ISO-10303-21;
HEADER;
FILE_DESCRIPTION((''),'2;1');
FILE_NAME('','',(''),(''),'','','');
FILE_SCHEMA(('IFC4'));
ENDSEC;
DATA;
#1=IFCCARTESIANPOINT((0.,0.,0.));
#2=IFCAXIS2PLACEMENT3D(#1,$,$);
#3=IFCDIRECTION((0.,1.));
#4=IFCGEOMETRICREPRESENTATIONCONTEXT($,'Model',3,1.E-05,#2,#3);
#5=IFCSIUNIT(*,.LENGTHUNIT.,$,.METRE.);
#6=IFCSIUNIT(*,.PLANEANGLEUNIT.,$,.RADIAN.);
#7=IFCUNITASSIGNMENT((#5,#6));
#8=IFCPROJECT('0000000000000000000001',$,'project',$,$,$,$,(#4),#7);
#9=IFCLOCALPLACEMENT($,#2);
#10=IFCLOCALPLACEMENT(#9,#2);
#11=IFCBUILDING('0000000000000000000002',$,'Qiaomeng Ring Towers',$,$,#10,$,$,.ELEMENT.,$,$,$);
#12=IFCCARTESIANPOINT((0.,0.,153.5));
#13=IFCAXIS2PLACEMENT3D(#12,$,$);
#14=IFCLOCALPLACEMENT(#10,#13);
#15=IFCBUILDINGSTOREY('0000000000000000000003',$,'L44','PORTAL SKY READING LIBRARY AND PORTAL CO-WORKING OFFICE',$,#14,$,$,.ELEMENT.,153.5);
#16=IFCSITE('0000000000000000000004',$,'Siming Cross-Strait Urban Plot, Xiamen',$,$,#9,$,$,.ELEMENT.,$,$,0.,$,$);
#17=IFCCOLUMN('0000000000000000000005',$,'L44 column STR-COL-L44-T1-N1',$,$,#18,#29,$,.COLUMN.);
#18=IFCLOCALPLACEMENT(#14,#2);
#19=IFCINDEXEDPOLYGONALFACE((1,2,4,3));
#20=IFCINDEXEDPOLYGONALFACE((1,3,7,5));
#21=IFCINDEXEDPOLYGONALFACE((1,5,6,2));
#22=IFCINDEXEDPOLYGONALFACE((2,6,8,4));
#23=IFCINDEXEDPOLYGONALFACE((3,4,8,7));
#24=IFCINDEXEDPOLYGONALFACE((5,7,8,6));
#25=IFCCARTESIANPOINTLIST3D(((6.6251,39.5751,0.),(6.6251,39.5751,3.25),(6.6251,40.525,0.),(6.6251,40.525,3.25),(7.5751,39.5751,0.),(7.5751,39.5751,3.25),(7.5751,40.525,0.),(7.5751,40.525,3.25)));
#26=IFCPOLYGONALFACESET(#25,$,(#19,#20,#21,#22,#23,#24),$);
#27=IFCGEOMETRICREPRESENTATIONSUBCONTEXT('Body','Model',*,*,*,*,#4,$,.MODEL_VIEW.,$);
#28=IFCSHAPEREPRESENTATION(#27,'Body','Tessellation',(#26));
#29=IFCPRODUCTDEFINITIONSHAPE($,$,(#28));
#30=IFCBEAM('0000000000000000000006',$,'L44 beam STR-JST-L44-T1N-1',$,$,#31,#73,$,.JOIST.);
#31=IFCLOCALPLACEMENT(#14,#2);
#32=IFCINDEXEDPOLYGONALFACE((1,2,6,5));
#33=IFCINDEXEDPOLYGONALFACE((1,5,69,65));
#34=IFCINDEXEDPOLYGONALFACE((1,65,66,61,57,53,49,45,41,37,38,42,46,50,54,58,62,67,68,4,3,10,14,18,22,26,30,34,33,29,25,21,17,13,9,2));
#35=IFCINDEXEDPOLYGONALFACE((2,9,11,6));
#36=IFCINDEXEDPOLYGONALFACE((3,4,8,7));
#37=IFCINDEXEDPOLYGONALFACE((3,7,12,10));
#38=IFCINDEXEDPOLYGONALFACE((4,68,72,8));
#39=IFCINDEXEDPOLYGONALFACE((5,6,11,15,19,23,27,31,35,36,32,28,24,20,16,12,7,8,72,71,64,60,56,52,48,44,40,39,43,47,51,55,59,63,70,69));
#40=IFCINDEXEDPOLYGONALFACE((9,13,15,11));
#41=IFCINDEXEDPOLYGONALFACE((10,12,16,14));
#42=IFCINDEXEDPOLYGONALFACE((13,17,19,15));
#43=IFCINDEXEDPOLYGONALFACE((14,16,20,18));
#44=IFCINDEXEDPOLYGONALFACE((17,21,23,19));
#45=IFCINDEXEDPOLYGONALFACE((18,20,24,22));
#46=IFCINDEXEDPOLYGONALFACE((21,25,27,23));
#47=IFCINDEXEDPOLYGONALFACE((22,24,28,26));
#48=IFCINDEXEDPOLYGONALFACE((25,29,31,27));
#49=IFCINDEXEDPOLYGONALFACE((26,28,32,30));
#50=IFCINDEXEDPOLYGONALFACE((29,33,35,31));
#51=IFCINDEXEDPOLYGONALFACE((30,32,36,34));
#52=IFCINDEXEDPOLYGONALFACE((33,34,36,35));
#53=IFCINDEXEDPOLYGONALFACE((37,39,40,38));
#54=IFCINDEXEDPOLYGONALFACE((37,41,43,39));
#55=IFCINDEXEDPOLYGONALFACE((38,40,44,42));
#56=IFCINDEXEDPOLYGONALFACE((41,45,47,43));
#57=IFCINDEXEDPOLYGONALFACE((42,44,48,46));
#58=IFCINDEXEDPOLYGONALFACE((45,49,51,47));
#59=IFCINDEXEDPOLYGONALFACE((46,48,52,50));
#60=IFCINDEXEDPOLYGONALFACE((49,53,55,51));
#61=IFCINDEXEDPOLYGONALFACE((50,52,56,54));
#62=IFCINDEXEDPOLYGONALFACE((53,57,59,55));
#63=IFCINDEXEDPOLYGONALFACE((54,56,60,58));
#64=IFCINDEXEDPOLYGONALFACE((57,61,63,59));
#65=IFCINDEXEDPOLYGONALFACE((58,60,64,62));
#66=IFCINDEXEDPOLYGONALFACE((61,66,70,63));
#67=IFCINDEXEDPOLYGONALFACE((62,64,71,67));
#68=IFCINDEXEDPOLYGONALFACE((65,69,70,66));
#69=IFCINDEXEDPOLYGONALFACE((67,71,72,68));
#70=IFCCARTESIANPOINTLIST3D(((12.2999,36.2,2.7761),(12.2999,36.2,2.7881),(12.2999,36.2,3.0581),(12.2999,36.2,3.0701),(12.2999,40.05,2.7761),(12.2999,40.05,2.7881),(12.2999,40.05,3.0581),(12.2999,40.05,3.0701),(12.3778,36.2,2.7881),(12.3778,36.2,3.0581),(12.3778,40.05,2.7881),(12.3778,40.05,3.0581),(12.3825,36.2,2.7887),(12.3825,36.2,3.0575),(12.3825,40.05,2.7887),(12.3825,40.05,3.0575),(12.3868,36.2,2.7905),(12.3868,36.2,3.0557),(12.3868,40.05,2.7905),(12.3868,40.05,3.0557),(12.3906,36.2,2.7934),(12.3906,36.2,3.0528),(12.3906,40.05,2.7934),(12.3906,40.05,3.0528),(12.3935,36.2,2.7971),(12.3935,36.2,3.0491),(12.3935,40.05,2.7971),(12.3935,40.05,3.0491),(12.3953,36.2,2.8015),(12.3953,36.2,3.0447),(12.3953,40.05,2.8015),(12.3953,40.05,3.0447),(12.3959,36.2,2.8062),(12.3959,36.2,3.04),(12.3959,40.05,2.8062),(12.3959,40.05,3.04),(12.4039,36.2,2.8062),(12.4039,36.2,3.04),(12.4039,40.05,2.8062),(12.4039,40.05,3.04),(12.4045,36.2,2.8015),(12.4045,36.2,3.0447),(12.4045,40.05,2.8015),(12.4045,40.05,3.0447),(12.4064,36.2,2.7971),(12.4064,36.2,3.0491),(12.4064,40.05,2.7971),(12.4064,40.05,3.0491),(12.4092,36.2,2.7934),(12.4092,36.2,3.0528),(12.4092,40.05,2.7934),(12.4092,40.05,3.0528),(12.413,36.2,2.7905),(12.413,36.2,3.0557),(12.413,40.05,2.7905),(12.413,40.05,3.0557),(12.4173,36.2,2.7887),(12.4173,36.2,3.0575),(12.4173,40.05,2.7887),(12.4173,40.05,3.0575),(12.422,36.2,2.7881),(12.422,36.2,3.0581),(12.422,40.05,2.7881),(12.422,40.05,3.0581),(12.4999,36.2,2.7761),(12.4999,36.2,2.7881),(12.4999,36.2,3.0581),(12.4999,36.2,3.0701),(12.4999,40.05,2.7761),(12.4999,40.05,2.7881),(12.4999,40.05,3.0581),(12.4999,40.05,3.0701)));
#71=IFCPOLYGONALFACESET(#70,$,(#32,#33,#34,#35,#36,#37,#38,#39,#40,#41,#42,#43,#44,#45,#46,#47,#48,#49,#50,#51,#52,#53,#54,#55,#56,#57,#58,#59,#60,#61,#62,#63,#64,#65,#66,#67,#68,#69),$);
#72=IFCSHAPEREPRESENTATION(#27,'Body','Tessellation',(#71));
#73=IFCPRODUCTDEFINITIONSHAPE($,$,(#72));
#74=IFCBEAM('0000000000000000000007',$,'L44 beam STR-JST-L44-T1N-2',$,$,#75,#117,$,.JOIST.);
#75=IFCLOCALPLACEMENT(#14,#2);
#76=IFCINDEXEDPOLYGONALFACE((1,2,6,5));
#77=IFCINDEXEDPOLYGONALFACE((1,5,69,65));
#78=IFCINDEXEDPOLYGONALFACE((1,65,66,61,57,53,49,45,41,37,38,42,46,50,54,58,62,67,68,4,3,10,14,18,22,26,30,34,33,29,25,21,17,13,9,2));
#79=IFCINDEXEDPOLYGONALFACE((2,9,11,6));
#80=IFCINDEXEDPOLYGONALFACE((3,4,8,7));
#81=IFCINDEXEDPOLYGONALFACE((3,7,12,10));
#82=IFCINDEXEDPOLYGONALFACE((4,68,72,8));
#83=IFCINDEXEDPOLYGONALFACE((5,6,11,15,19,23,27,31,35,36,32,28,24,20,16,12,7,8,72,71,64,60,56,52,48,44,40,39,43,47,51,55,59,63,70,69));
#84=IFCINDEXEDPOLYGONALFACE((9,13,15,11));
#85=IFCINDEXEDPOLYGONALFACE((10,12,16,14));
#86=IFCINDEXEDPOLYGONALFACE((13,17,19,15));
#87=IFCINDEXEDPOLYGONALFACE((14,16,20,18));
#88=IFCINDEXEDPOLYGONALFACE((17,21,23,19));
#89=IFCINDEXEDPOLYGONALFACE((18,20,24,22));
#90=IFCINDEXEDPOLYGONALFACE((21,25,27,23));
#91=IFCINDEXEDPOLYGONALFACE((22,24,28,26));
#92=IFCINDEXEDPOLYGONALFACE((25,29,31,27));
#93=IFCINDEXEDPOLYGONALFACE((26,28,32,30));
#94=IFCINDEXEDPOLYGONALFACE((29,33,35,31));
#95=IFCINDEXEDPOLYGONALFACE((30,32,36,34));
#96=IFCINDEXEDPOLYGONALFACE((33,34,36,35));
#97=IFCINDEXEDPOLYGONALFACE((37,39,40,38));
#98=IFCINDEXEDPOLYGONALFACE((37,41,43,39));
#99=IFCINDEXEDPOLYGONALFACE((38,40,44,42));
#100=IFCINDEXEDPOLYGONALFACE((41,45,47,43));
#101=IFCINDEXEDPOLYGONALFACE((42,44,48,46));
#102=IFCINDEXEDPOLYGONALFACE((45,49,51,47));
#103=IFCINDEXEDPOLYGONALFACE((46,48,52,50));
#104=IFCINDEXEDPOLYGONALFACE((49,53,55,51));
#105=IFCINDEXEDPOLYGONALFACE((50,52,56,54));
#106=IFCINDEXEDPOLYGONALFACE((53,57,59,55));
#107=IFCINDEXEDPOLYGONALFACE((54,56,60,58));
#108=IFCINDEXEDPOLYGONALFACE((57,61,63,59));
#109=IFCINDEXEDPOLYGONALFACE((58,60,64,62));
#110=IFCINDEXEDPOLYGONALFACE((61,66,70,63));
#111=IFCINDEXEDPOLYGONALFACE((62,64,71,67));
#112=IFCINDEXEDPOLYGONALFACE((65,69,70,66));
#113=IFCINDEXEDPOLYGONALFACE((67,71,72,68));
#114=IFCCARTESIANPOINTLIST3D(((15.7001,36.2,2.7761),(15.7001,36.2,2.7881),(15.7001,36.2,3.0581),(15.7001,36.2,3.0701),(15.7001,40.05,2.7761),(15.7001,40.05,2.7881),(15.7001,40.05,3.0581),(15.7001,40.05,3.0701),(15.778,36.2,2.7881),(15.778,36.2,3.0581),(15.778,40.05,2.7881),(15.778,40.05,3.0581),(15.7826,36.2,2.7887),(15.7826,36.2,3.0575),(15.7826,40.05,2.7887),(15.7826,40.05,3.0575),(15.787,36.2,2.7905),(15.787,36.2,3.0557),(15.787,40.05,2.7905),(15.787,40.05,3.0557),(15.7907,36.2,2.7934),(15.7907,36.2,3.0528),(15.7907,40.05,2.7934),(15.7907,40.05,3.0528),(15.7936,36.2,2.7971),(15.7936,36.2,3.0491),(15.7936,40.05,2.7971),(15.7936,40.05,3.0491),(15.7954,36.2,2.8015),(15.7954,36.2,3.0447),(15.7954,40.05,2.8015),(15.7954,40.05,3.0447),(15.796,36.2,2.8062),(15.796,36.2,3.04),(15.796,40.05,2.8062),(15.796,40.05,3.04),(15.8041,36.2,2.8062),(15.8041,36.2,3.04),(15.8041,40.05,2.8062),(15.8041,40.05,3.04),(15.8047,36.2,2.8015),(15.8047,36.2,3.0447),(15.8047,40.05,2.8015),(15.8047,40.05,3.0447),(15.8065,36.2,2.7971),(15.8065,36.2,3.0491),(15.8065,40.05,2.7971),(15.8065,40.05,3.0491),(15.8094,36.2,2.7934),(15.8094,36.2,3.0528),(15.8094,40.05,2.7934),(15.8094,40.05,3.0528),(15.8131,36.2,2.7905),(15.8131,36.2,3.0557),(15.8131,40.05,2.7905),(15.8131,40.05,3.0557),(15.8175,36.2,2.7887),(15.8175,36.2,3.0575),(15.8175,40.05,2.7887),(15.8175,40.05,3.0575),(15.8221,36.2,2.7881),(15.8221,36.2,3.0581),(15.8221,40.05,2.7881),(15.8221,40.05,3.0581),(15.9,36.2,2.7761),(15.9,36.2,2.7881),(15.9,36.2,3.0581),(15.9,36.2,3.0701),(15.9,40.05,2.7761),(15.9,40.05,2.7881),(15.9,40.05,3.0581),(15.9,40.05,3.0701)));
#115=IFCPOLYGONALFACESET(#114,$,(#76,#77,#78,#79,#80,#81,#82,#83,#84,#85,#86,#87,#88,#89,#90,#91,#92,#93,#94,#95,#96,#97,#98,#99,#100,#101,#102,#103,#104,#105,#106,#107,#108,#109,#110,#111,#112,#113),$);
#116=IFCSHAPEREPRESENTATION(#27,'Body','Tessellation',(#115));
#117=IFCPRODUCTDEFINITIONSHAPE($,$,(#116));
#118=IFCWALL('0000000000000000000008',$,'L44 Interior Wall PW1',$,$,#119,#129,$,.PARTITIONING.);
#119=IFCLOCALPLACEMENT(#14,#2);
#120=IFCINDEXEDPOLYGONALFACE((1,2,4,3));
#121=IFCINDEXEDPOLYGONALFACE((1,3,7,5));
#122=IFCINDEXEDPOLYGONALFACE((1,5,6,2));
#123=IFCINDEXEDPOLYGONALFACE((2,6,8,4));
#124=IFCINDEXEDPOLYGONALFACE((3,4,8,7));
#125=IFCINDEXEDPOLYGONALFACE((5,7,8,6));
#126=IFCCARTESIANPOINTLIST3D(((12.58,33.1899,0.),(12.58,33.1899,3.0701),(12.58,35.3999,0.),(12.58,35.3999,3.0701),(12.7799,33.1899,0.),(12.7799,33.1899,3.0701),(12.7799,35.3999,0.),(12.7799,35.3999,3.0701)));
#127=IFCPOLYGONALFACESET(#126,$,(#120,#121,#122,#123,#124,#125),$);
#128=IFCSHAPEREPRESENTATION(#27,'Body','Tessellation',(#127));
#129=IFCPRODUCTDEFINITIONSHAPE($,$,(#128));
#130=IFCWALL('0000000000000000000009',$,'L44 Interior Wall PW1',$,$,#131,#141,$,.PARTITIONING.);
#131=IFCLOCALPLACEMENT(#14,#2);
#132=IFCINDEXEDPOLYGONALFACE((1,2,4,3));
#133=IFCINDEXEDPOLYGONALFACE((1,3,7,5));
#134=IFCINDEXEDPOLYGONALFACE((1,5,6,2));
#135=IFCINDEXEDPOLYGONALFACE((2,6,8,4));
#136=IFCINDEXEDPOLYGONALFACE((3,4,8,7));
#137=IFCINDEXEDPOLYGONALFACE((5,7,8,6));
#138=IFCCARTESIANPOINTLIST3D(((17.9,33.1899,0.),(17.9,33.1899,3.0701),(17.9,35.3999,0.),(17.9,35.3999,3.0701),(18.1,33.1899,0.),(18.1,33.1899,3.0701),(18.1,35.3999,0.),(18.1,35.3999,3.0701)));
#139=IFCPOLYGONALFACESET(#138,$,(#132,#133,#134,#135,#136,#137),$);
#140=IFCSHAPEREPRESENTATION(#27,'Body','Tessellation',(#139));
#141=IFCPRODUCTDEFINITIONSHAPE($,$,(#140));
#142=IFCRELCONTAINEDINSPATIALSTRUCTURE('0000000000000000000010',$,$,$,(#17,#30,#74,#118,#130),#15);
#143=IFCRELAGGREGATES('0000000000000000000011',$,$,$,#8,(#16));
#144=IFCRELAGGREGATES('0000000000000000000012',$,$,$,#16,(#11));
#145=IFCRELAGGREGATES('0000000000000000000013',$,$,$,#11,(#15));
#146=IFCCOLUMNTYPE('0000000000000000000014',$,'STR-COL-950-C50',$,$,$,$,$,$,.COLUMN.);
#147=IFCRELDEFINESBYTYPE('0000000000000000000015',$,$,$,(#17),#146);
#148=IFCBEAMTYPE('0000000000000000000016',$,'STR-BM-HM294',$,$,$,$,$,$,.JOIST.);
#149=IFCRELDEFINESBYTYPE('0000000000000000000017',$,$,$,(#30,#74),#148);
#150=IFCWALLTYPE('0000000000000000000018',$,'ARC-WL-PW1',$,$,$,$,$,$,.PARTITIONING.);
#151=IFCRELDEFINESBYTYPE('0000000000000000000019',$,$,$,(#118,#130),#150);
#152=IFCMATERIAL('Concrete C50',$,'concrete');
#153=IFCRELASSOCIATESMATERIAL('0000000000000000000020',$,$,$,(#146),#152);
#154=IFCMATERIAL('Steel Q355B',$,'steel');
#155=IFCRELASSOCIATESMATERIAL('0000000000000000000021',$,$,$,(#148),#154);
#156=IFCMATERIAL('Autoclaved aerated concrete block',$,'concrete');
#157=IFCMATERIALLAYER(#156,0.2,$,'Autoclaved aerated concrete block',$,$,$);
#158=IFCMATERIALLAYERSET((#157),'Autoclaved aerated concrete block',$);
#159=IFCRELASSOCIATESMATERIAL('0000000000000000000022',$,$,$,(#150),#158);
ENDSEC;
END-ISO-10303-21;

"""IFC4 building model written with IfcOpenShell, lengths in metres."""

from ifc_helpers import new_model, si_unit, direction, frame, frame_2d, origin, origin_2d, place, context, subcontext, project, spatial, rectangle, i_section, extrude, source, transform, mapped, material, layer, layer_set, material_profile, profile_set, type_object, element, save


model = new_model("IFC4")

# Units and contexts
model_context = context("Model", 3, precision=1e-05, world=origin(), true_north=direction((0.0, 1.0)))
body_context = subcontext(model_context, "Body", "Model", "MODEL_VIEW")
ifc_project = project(units=[si_unit("LENGTHUNIT", "METRE"), si_unit("PLANEANGLEUNIT", "RADIAN")], contexts=[model_context])

# Site, building, storey
site_placement = place(None, origin())
site = spatial("IfcSite", under=ifc_project, at=site_placement, Name="Siming Cross-Strait Urban Plot, Xiamen", CompositionType="ELEMENT", RefElevation=0.0)
building_placement = place(site_placement, origin())
building = spatial("IfcBuilding", under=site, at=building_placement, Name="Qiaomeng Ring Towers", CompositionType="ELEMENT")
storey_placement = place(building_placement, frame((0.0, 0.0, 153.5)))
storey = spatial("IfcBuildingStorey", under=building, at=storey_placement, Name="L44", Description="PORTAL SKY READING LIBRARY AND PORTAL CO-WORKING OFFICE", CompositionType="ELEMENT", Elevation=153.5)

# Column
ifc_material_1 = material(Name="Concrete C50", Category="concrete")
ifc_material_profile_1 = material_profile(ifc_material_1, rectangle(XDim=0.95, YDim=0.95, at=origin_2d()), Name="RC COL 950x950")
ifc_profile_set_1 = profile_set([ifc_material_profile_1], Name="Concrete C50")
column_type = type_object("IfcColumnType", Name="STR-COL-950-C50", PredefinedType="COLUMN", material=ifc_profile_set_1)
shared_shape_1 = source(origin(), body_context, "Body", "SweptSolid", [
    extrude(rectangle(XDim=0.95, YDim=0.95, at=origin_2d()), origin(), (0.0, 0.0, 1.0), 3.25),
])
column_placement = place(storey_placement, frame((7.1001, 40.05, 0.0), z_axis=(0.0, 0.0, 1.0), x_axis=(1.0, 0.0, 0.0)))
element("IfcColumn", 1, at=column_placement, inside=storey, type_object=column_type, Name="L44 column STR-COL-L44-T1-N1", PredefinedType="COLUMN", context=body_context, shape_type="MappedRepresentation", body=[
    mapped(shared_shape_1, transform((0.0, 0.0, 0.0), x_axis=(1.0, 0.0, 0.0), y_axis=(0.0, 1.0, 0.0), z_axis=(0.0, 0.0, 1.0), scale=1.0)),
])

# Beams
ifc_material_2 = material(Name="Steel Q355B", Category="steel")
ifc_material_profile_2 = material_profile(ifc_material_2, i_section(OverallWidth=0.2, OverallDepth=0.2939, WebThickness=0.0081, FlangeThickness=0.012, FilletRadius=0.0181, at=origin_2d()), Name="HM 294x200x8x12")
ifc_profile_set_2 = profile_set([ifc_material_profile_2], Name="Steel Q355B")
beam_type = type_object("IfcBeamType", Name="STR-BM-HM294", PredefinedType="JOIST", material=ifc_profile_set_2)
shared_shape_2 = source(origin(), body_context, "Body", "SweptSolid", [
    extrude(i_section(OverallWidth=0.2, OverallDepth=0.2939, WebThickness=0.0081, FlangeThickness=0.012, FilletRadius=0.0181, at=origin_2d()), origin(), (0.0, 0.0, 1.0), 3.8501),
])
for number, where, z_axis, x_axis, name in (
    (2, (12.3999, 36.2, 2.9231), (0.0, 1.0, 0.0), (-1.0, 0.0, 0.0), "L44 beam STR-JST-L44-T1N-1"),
    (3, (15.8, 36.2, 2.9231), (0.0, 1.0, 0.0), (-1.0, 0.0, 0.0), "L44 beam STR-JST-L44-T1N-2"),
):
    element("IfcBeam", number, at=place(storey_placement, frame(where, z_axis=z_axis, x_axis=x_axis)), inside=storey, type_object=beam_type, Name=name, PredefinedType="JOIST", context=body_context, shape_type="MappedRepresentation", body=[
        mapped(shared_shape_2, transform((0.0, 0.0, 0.0), x_axis=(1.0, 0.0, 0.0), y_axis=(0.0, 1.0, 0.0), z_axis=(0.0, 0.0, 1.0), scale=1.0)),
    ])

# Walls
ifc_material_3 = material(Name="Autoclaved aerated concrete block", Category="concrete")
ifc_layer_1 = layer(ifc_material_3, 0.2, Name="Autoclaved aerated concrete block")
ifc_layer_set_1 = layer_set([ifc_layer_1], Name="Autoclaved aerated concrete block")
wall_type_1 = type_object("IfcWallType", Name="ARC-WL-PW1", PredefinedType="PARTITIONING", material=ifc_layer_set_1)
for number, where, z_axis, x_axis, name in (
    (4, (12.6799, 33.1899, 0.0), (0.0, 0.0, 1.0), (0.0, 1.0, 0.0), "L44 Interior Wall PW1"),
    (5, (18.0, 33.1899, 0.0), (0.0, 0.0, 1.0), (0.0, 1.0, 0.0), "L44 Interior Wall PW1"),
):
    element("IfcWall", number, at=place(storey_placement, frame(where, z_axis=z_axis, x_axis=x_axis)), inside=storey, type_object=wall_type_1, Name=name, PredefinedType="PARTITIONING", context=body_context, shape_type="SweptSolid", body=[
        extrude(rectangle(XDim=2.21, YDim=0.2, at=frame_2d((1.105, 0.0))), origin(), (0.0, 0.0, 1.0), 3.0701),
    ])

save(model, "model.ifc")
